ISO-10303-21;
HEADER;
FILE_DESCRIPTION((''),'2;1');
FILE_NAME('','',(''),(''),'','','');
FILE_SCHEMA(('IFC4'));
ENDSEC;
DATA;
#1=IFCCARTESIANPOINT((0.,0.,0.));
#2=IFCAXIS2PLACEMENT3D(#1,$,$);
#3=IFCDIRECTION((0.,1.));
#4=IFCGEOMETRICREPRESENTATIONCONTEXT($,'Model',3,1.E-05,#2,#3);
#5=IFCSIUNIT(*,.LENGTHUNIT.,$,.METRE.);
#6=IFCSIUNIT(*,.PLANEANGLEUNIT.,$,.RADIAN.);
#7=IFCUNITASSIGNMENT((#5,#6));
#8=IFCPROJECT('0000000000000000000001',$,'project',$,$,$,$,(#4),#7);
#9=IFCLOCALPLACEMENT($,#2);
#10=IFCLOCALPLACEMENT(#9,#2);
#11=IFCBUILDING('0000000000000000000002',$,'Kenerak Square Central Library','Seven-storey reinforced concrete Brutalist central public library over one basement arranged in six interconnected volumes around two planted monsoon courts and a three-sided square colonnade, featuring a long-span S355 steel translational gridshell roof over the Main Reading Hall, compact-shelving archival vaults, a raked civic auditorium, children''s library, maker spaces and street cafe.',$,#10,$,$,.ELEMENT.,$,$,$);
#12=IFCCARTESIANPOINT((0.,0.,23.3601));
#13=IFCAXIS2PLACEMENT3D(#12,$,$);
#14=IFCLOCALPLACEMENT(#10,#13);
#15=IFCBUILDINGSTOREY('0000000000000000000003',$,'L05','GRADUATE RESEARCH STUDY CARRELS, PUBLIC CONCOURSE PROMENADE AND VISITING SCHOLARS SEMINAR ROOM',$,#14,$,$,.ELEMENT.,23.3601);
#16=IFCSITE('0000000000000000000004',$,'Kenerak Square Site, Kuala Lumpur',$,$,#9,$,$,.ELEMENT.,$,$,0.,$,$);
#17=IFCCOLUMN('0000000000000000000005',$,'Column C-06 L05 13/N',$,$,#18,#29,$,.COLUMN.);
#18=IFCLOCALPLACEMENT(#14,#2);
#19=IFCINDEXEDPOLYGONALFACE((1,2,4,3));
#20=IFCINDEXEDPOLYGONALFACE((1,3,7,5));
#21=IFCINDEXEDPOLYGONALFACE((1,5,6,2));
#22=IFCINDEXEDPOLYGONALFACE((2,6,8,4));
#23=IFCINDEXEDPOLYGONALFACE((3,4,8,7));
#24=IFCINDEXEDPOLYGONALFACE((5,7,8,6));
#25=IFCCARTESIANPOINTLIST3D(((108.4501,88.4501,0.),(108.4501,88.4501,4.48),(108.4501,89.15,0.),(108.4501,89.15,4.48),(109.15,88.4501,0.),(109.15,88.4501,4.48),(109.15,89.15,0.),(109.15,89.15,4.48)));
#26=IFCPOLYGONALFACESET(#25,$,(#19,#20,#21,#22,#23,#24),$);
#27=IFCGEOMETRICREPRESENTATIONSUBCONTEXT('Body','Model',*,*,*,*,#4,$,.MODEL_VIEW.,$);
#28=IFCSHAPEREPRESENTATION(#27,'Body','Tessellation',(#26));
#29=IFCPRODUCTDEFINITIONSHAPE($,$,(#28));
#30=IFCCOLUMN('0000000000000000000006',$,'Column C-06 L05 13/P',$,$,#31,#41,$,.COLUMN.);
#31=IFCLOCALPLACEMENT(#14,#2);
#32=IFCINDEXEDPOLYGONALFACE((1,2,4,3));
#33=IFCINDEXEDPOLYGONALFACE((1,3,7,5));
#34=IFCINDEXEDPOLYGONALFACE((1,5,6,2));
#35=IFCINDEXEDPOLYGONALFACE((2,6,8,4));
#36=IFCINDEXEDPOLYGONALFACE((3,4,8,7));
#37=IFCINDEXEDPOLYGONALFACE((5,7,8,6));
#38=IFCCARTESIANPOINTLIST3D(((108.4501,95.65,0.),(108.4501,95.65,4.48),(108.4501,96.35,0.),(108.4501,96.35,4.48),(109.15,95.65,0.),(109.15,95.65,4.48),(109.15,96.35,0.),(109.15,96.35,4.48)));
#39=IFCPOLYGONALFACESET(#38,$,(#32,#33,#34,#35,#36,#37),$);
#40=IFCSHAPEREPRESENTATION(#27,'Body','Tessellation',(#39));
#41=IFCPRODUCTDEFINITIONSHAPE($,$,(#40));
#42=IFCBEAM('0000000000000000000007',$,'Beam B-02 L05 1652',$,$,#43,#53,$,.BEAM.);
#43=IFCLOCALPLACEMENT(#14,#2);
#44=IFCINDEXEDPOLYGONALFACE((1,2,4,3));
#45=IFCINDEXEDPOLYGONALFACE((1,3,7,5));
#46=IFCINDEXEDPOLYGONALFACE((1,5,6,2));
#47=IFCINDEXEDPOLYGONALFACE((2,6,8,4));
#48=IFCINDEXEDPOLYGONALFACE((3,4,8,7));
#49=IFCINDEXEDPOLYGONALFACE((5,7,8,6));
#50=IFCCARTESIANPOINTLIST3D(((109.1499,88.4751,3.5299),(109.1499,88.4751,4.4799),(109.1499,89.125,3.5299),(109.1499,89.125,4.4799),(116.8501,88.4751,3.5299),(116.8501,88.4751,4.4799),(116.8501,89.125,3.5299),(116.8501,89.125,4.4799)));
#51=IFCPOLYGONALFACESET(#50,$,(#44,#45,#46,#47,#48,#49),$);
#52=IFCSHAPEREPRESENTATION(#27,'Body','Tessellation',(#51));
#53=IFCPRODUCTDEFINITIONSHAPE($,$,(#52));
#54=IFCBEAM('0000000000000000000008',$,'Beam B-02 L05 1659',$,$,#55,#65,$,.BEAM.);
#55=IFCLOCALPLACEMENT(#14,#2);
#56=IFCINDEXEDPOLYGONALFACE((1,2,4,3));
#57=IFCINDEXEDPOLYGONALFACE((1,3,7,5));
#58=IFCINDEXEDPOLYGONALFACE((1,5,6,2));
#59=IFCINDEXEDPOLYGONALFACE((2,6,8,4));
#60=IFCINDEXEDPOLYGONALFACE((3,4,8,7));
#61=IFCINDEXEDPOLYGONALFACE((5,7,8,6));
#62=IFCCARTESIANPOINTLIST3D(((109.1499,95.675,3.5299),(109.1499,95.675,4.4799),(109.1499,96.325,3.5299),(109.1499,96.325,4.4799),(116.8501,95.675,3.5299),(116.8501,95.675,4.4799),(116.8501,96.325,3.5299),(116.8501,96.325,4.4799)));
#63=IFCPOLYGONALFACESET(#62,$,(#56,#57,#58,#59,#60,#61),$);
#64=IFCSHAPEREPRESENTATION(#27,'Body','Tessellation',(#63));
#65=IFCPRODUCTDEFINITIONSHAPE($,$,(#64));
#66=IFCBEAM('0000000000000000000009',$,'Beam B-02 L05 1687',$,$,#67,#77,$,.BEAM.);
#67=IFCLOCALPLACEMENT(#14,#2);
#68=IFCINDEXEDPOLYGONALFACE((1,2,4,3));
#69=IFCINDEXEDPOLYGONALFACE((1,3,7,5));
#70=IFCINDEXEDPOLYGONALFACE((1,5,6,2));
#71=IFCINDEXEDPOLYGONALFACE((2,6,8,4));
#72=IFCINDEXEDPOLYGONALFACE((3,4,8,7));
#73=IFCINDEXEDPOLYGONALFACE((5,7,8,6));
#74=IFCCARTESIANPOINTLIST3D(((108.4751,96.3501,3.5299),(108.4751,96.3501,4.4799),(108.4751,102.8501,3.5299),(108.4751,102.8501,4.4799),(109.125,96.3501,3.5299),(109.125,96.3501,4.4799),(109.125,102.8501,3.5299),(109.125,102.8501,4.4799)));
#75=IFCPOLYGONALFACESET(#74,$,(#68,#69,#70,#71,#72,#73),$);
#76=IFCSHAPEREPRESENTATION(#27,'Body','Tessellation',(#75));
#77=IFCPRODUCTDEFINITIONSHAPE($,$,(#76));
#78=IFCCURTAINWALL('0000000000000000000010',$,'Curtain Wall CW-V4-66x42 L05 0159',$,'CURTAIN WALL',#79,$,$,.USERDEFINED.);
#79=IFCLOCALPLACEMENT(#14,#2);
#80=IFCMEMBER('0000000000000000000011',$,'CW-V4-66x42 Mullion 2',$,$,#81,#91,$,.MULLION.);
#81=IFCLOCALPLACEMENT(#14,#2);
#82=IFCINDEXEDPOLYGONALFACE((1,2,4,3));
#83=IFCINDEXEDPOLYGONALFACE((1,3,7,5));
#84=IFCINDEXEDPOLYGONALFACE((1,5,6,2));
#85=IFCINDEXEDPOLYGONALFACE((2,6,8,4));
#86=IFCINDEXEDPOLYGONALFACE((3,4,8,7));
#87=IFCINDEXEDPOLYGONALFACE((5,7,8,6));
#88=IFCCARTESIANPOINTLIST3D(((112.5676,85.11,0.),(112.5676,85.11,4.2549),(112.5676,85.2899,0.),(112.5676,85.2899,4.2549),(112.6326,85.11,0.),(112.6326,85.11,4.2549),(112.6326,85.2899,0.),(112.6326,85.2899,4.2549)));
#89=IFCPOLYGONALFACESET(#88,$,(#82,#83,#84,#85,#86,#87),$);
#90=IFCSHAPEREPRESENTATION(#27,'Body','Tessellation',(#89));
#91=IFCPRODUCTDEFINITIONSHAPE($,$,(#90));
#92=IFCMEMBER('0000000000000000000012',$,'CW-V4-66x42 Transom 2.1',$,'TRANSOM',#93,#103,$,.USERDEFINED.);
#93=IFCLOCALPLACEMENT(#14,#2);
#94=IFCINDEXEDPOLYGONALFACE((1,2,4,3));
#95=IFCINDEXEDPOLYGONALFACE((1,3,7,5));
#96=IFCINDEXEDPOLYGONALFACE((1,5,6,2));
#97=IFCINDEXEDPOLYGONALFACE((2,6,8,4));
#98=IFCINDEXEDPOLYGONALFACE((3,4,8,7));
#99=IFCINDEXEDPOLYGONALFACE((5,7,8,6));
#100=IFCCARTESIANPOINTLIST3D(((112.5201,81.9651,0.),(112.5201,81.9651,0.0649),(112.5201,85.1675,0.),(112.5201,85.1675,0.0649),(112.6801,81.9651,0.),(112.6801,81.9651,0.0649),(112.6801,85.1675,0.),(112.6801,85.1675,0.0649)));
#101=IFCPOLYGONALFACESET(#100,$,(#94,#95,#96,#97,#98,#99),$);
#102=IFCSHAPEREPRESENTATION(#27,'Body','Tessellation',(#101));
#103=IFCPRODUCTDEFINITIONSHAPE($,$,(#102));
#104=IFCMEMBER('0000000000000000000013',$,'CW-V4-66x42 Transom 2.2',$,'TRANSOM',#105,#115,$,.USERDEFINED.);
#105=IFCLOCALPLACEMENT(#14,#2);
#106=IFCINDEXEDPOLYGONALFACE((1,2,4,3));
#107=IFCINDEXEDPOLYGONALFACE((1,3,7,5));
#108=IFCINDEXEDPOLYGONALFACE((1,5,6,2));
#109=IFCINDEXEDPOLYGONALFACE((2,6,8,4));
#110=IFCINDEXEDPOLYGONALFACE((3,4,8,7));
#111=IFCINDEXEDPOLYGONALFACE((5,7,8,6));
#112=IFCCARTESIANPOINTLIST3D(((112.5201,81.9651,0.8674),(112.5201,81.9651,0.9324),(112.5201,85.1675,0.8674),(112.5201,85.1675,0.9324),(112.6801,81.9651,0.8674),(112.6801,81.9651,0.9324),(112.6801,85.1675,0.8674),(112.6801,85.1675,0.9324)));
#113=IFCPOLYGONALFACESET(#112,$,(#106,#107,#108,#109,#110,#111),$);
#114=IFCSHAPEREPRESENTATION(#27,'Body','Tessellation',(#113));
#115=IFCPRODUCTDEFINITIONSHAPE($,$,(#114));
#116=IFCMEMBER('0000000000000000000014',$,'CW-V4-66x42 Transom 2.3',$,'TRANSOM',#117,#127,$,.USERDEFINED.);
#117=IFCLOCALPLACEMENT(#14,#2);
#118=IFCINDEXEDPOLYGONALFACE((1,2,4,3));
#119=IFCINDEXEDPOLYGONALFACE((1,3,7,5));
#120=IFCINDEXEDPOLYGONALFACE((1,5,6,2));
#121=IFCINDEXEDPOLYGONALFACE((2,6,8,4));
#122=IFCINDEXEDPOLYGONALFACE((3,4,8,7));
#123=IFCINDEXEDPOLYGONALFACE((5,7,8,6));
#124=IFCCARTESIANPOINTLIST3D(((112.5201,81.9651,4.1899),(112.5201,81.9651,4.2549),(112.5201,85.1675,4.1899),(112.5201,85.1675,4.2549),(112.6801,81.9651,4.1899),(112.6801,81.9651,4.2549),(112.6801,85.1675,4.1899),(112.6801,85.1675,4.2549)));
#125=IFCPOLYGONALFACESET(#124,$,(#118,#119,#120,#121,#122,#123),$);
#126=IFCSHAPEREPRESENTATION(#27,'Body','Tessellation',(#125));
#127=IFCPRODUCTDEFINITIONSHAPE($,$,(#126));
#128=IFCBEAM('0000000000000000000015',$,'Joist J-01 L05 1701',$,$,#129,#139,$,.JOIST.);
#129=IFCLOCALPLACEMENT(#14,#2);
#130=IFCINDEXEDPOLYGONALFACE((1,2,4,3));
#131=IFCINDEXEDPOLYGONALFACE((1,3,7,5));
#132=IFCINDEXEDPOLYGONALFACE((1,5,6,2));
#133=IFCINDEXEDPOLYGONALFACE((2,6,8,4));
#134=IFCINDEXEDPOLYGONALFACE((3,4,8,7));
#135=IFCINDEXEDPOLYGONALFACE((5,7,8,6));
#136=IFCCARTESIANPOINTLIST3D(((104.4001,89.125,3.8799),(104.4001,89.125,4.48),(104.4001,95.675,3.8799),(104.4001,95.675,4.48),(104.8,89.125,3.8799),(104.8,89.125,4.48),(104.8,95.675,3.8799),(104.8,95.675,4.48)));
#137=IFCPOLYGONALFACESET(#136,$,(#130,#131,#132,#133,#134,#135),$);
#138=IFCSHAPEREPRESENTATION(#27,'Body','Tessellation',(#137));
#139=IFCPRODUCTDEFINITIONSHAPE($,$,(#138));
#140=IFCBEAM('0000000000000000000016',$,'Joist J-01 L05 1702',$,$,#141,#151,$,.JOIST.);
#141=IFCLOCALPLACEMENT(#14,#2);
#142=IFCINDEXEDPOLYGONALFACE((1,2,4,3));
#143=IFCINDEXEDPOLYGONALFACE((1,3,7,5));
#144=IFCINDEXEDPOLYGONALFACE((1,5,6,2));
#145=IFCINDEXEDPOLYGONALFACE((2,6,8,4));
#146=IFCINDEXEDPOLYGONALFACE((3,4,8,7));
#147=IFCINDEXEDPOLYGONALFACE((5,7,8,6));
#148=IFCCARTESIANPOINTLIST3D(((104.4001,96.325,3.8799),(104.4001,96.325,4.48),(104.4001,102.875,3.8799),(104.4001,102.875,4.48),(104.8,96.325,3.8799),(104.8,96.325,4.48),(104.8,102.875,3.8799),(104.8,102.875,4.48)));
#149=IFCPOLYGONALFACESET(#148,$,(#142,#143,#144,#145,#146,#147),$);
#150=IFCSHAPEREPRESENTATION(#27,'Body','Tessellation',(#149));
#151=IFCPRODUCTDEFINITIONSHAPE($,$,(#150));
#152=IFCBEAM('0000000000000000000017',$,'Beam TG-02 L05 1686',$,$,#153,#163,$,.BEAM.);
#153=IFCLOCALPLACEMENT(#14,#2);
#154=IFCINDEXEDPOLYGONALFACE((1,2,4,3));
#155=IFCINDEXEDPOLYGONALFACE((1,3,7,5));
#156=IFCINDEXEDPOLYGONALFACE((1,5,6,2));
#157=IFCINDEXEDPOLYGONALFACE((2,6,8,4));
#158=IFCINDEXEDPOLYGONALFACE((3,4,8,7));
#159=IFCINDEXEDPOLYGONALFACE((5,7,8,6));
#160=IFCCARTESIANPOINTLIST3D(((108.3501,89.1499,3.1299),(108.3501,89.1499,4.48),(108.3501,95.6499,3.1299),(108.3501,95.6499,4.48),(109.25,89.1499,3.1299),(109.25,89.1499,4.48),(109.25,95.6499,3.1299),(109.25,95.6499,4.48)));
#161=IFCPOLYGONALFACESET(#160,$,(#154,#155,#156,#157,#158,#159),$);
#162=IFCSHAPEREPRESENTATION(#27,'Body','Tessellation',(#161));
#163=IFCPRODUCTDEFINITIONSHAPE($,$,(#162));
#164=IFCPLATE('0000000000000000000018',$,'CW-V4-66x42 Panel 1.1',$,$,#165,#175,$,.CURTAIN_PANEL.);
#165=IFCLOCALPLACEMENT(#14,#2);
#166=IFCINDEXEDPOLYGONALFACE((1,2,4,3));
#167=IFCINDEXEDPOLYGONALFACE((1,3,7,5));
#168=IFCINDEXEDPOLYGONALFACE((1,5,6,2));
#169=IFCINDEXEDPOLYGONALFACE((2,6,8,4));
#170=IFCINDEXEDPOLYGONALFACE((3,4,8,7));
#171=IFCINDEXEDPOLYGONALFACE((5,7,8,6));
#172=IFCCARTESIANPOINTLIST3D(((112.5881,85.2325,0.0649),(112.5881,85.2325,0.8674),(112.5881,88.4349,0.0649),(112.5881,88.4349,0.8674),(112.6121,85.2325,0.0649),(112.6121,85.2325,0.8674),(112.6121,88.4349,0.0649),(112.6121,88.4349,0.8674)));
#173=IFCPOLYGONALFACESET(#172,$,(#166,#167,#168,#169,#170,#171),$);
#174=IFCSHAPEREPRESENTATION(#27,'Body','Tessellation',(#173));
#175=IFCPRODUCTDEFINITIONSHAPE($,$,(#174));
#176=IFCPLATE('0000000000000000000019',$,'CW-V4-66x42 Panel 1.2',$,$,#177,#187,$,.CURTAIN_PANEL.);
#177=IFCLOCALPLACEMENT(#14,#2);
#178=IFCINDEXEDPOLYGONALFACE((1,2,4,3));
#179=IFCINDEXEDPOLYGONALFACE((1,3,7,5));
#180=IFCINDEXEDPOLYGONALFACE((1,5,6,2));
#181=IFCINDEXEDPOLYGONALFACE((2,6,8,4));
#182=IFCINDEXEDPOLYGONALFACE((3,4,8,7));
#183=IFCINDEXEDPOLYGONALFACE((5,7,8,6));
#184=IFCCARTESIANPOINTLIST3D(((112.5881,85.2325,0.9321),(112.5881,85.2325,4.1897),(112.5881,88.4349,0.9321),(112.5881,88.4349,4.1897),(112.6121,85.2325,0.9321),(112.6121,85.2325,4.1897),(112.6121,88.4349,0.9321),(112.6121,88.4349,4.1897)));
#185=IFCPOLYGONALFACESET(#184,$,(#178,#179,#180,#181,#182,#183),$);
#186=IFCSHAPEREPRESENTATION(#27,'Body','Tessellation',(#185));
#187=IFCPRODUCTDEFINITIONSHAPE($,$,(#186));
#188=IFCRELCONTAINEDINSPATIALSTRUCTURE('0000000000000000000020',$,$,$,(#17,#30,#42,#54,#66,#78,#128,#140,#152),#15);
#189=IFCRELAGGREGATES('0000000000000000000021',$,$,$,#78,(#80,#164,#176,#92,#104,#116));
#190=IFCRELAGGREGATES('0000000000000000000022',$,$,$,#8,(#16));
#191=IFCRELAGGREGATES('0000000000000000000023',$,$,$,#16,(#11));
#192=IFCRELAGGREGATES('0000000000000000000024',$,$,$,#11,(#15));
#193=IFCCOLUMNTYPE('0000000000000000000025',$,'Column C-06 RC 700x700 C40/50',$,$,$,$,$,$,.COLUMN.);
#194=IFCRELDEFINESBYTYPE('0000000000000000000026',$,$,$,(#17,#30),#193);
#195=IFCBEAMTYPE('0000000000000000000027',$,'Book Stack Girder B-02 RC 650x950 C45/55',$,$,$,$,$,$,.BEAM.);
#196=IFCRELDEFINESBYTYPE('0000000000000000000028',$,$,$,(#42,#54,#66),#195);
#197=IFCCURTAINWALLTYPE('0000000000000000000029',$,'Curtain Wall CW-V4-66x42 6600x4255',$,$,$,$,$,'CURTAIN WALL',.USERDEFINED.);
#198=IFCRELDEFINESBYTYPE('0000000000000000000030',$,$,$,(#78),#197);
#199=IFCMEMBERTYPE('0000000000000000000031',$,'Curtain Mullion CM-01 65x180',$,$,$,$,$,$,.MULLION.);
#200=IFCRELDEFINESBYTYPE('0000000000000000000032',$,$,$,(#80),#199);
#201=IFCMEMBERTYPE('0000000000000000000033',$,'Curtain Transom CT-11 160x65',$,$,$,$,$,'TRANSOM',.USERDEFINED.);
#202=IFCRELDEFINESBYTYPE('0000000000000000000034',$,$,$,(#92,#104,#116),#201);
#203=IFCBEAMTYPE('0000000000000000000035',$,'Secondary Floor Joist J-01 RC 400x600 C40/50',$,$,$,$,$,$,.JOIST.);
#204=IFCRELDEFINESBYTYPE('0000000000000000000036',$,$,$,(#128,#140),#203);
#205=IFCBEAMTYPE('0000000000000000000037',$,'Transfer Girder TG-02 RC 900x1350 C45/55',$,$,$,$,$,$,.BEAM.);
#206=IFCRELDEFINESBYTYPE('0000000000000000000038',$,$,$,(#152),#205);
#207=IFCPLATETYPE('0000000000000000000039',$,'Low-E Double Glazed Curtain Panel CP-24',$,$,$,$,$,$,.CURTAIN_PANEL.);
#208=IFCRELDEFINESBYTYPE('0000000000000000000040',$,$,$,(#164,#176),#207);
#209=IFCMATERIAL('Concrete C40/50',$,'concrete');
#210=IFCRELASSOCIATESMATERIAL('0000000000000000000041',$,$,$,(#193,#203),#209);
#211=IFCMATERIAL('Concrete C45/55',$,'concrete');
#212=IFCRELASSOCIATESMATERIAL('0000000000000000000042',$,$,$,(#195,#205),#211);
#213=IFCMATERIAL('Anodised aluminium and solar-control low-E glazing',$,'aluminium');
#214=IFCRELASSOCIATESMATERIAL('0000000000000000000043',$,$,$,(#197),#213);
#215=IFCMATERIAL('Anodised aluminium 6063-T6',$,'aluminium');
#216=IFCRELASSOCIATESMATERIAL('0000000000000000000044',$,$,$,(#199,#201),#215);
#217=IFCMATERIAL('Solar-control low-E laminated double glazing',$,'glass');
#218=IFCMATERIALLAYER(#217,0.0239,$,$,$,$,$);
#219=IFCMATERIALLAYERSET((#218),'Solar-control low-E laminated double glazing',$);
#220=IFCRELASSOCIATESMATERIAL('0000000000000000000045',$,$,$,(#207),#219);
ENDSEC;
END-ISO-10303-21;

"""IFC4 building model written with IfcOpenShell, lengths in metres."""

from ifc_helpers import new_model, si_unit, direction, frame, origin, origin_2d, place, context, subcontext, project, spatial, rectangle, extrude, material, layer, layer_set, material_profile, profile_set, type_object, element, aggregate, save


model = new_model("IFC4")

# Units and contexts
model_context = context("Model", 3, precision=1e-05, world=origin(), true_north=direction((0.0, 1.0)))
body_context = subcontext(model_context, "Body", "Model", "MODEL_VIEW")
ifc_project = project(units=[si_unit("LENGTHUNIT", "METRE"), si_unit("PLANEANGLEUNIT", "RADIAN")], contexts=[model_context])

# Site, building, storey
site_placement = place(None, origin())
site = spatial("IfcSite", under=ifc_project, at=site_placement, Name="Kenerak Square Site, Kuala Lumpur", CompositionType="ELEMENT", RefElevation=0.0)
building_placement = place(site_placement, origin())
building = spatial("IfcBuilding", under=site, at=building_placement, Name="Kenerak Square Central Library", Description="Seven-storey reinforced concrete Brutalist central public library over one basement arranged in six interconnected volumes around two planted monsoon courts and a three-sided square colonnade, featuring a long-span S355 steel translational gridshell roof over the Main Reading Hall, compact-shelving archival vaults, a raked civic auditorium, children's library, maker spaces and street cafe.", CompositionType="ELEMENT")
storey_placement = place(building_placement, frame((0.0, 0.0, 23.3601)))
storey = spatial("IfcBuildingStorey", under=building, at=storey_placement, Name="L05", Description="GRADUATE RESEARCH STUDY CARRELS, PUBLIC CONCOURSE PROMENADE AND VISITING SCHOLARS SEMINAR ROOM", CompositionType="ELEMENT", Elevation=23.3601)

# Columns
ifc_material_1 = material(Name="Concrete C40/50", Category="concrete")
ifc_material_profile_1 = material_profile(ifc_material_1, rectangle(XDim=0.7, YDim=0.7, at=origin_2d()), Name="RC 700x700")
ifc_profile_set_1 = profile_set([ifc_material_profile_1], Name="Concrete C40/50")
column_type = type_object("IfcColumnType", Name="Column C-06 RC 700x700 C40/50", PredefinedType="COLUMN", material=ifc_profile_set_1)
for number, where, z_axis, x_axis, name in (
    (1, (108.8, 88.8, 0.0), (0.0, 0.0, 1.0), (1.0, 0.0, 0.0), "Column C-06 L05 13/N"),
    (2, (108.8, 96.0, 0.0), (0.0, 0.0, 1.0), (1.0, 0.0, 0.0), "Column C-06 L05 13/P"),
):
    element("IfcColumn", number, at=place(storey_placement, frame(where, z_axis=z_axis, x_axis=x_axis)), inside=storey, type_object=column_type, Name=name, PredefinedType="COLUMN", context=body_context, shape_type="SweptSolid", body=[
        extrude(rectangle(XDim=0.7, YDim=0.7, at=origin_2d()), origin(), (0.0, 0.0, 1.0), 4.48),
    ])

# Beams
ifc_material_2 = material(Name="Concrete C45/55", Category="concrete")
ifc_material_profile_2 = material_profile(ifc_material_2, rectangle(XDim=0.6499, YDim=0.95, at=origin_2d()), Name="RC 650x950")
ifc_profile_set_2 = profile_set([ifc_material_profile_2], Name="Concrete C45/55")
beam_type_1 = type_object("IfcBeamType", Name="Book Stack Girder B-02 RC 650x950 C45/55", PredefinedType="BEAM", material=ifc_profile_set_2)
for number, where, z_axis, x_axis, name in (
    (3, (109.1499, 88.8, 4.0049), (1.0, 0.0, 0.0), (0.0, 1.0, 0.0), "Beam B-02 L05 1652"),
    (4, (109.1499, 96.0, 4.0049), (1.0, 0.0, 0.0), (0.0, 1.0, 0.0), "Beam B-02 L05 1659"),
):
    element("IfcBeam", number, at=place(storey_placement, frame(where, z_axis=z_axis, x_axis=x_axis)), inside=storey, type_object=beam_type_1, Name=name, PredefinedType="BEAM", context=body_context, shape_type="SweptSolid", body=[
        extrude(rectangle(XDim=0.6499, YDim=0.95, at=origin_2d()), origin(), (0.0, 0.0, 1.0), 7.7002),
    ])
beam_1_placement = place(storey_placement, frame((108.8, 96.3501, 4.0049), z_axis=(0.0, 1.0, 0.0), x_axis=(-1.0, 0.0, 0.0)))
element("IfcBeam", 5, at=beam_1_placement, inside=storey, type_object=beam_type_1, Name="Beam B-02 L05 1687", PredefinedType="BEAM", context=body_context, shape_type="SweptSolid", body=[
    extrude(rectangle(XDim=0.6499, YDim=0.95, at=origin_2d()), origin(), (0.0, 0.0, 1.0), 6.5),
])

# Curtain wall, members
ifc_material_3 = material(Name="Anodised aluminium and solar-control low-E glazing", Category="aluminium")
curtain_wall_type = type_object("IfcCurtainWallType", Name="Curtain Wall CW-V4-66x42 6600x4255", ElementType="CURTAIN WALL", PredefinedType="USERDEFINED", material=ifc_material_3)
curtain_wall_placement = place(storey_placement, origin())
curtain_wall = element("IfcCurtainWall", 6, at=curtain_wall_placement, inside=storey, type_object=curtain_wall_type, Name="Curtain Wall CW-V4-66x42 L05 0159", ObjectType="CURTAIN WALL", PredefinedType="USERDEFINED")
ifc_material_4 = material(Name="Anodised aluminium 6063-T6", Category="aluminium")
ifc_material_profile_3 = material_profile(ifc_material_4, rectangle(XDim=0.0649, YDim=0.1799, at=origin_2d()), Name="AL MULLION 65x180")
ifc_profile_set_3 = profile_set([ifc_material_profile_3], Name="Anodised aluminium 6063-T6")
member_type_1 = type_object("IfcMemberType", Name="Curtain Mullion CM-01 65x180", PredefinedType="MULLION", material=ifc_profile_set_3)
member_1_placement = place(storey_placement, frame((112.6001, 85.2, 0.0), z_axis=(0.0, 0.0, 1.0), x_axis=(1.0, 0.0, 0.0)))
member_1 = element("IfcMember", 7, at=member_1_placement, type_object=member_type_1, Name="CW-V4-66x42 Mullion 2", PredefinedType="MULLION", context=body_context, shape_type="SweptSolid", body=[
    extrude(rectangle(XDim=0.0649, YDim=0.1799, at=origin_2d()), origin(), (0.0, 0.0, 1.0), 4.2549),
])
ifc_material_profile_4 = material_profile(ifc_material_4, rectangle(XDim=0.1599, YDim=0.0649, at=origin_2d()), Name="AL TRANSOM 160x65")
ifc_profile_set_4 = profile_set([ifc_material_profile_4], Name="Anodised aluminium 6063-T6")
member_type_2 = type_object("IfcMemberType", Name="Curtain Transom CT-11 160x65", ElementType="TRANSOM", PredefinedType="USERDEFINED", material=ifc_profile_set_4)
member_2_placement = place(storey_placement, frame((112.6001, 85.1675, 0.0325), z_axis=(0.0, -1.0, 0.0), x_axis=(1.0, 0.0, 0.0)))
member_2 = element("IfcMember", 8, at=member_2_placement, type_object=member_type_2, Name="CW-V4-66x42 Transom 2.1", ObjectType="TRANSOM", PredefinedType="USERDEFINED", context=body_context, shape_type="SweptSolid", body=[
    extrude(rectangle(XDim=0.1599, YDim=0.0649, at=origin_2d()), origin(), (0.0, 0.0, 1.0), 3.2024),
])
member_3_placement = place(storey_placement, frame((112.6001, 85.1675, 0.8999), z_axis=(0.0, -1.0, 0.0), x_axis=(1.0, 0.0, 0.0)))
member_3 = element("IfcMember", 9, at=member_3_placement, type_object=member_type_2, Name="CW-V4-66x42 Transom 2.2", ObjectType="TRANSOM", PredefinedType="USERDEFINED", context=body_context, shape_type="SweptSolid", body=[
    extrude(rectangle(XDim=0.1599, YDim=0.0649, at=origin_2d()), origin(), (0.0, 0.0, 1.0), 3.2024),
])
member_4_placement = place(storey_placement, frame((112.6001, 85.1675, 4.2224), z_axis=(0.0, -1.0, 0.0), x_axis=(1.0, 0.0, 0.0)))
member_4 = element("IfcMember", 10, at=member_4_placement, type_object=member_type_2, Name="CW-V4-66x42 Transom 2.3", ObjectType="TRANSOM", PredefinedType="USERDEFINED", context=body_context, shape_type="SweptSolid", body=[
    extrude(rectangle(XDim=0.1599, YDim=0.0649, at=origin_2d()), origin(), (0.0, 0.0, 1.0), 3.2024),
])

# Beams
ifc_material_profile_5 = material_profile(ifc_material_1, rectangle(XDim=0.3999, YDim=0.6001, at=origin_2d()), Name="RC 400x600")
ifc_profile_set_5 = profile_set([ifc_material_profile_5], Name="Concrete C40/50")
beam_type_2 = type_object("IfcBeamType", Name="Secondary Floor Joist J-01 RC 400x600 C40/50", PredefinedType="JOIST", material=ifc_profile_set_5)
for number, where, z_axis, x_axis, name in (
    (11, (104.6001, 89.125, 4.1799), (0.0, 1.0, 0.0), (-1.0, 0.0, 0.0), "Joist J-01 L05 1701"),
    (12, (104.6001, 96.325, 4.1799), (0.0, 1.0, 0.0), (-1.0, 0.0, 0.0), "Joist J-01 L05 1702"),
):
    element("IfcBeam", number, at=place(storey_placement, frame(where, z_axis=z_axis, x_axis=x_axis)), inside=storey, type_object=beam_type_2, Name=name, PredefinedType="JOIST", context=body_context, shape_type="SweptSolid", body=[
        extrude(rectangle(XDim=0.3999, YDim=0.6001, at=origin_2d()), origin(), (0.0, 0.0, 1.0), 6.55),
    ])
ifc_material_profile_6 = material_profile(ifc_material_2, rectangle(XDim=0.8999, YDim=1.3501, at=origin_2d()), Name="RC 900x1350")
ifc_profile_set_6 = profile_set([ifc_material_profile_6], Name="Concrete C45/55")
beam_type_3 = type_object("IfcBeamType", Name="Transfer Girder TG-02 RC 900x1350 C45/55", PredefinedType="BEAM", material=ifc_profile_set_6)
beam_2_placement = place(storey_placement, frame((108.8, 89.1499, 3.8049), z_axis=(0.0, 1.0, 0.0), x_axis=(-1.0, 0.0, 0.0)))
element("IfcBeam", 13, at=beam_2_placement, inside=storey, type_object=beam_type_3, Name="Beam TG-02 L05 1686", PredefinedType="BEAM", context=body_context, shape_type="SweptSolid", body=[
    extrude(rectangle(XDim=0.8999, YDim=1.3501, at=origin_2d()), origin(), (0.0, 0.0, 1.0), 6.5),
])

# Plates
ifc_material_5 = material(Name="Solar-control low-E laminated double glazing", Category="glass")
ifc_layer_1 = layer(ifc_material_5, 0.0239)
ifc_layer_set_1 = layer_set([ifc_layer_1], Name="Solar-control low-E laminated double glazing")
plate_type = type_object("IfcPlateType", Name="Low-E Double Glazed Curtain Panel CP-24", PredefinedType="CURTAIN_PANEL", material=ifc_layer_set_1)
plate_1_placement = place(storey_placement, frame((112.6001, 86.8337, 0.0649), z_axis=(0.0, 0.0, 1.0), x_axis=(0.0, -1.0, 0.0)))
plate_1 = element("IfcPlate", 14, at=plate_1_placement, type_object=plate_type, Name="CW-V4-66x42 Panel 1.1", PredefinedType="CURTAIN_PANEL", context=body_context, shape_type="SweptSolid", body=[
    extrude(rectangle(XDim=3.2024, YDim=0.0239, at=origin_2d()), origin(), (0.0, 0.0, 1.0), 0.8025),
])
plate_2_placement = place(storey_placement, frame((112.6001, 86.8337, 0.9321), z_axis=(0.0, 0.0, 1.0), x_axis=(0.0, -1.0, 0.0)))
plate_2 = element("IfcPlate", 15, at=plate_2_placement, type_object=plate_type, Name="CW-V4-66x42 Panel 1.2", PredefinedType="CURTAIN_PANEL", context=body_context, shape_type="SweptSolid", body=[
    extrude(rectangle(XDim=3.2024, YDim=0.0239, at=origin_2d()), origin(), (0.0, 0.0, 1.0), 3.2576),
])
aggregate(curtain_wall, [member_1, plate_1, plate_2, member_2, member_3, member_4])

save(model, "model.ifc")
